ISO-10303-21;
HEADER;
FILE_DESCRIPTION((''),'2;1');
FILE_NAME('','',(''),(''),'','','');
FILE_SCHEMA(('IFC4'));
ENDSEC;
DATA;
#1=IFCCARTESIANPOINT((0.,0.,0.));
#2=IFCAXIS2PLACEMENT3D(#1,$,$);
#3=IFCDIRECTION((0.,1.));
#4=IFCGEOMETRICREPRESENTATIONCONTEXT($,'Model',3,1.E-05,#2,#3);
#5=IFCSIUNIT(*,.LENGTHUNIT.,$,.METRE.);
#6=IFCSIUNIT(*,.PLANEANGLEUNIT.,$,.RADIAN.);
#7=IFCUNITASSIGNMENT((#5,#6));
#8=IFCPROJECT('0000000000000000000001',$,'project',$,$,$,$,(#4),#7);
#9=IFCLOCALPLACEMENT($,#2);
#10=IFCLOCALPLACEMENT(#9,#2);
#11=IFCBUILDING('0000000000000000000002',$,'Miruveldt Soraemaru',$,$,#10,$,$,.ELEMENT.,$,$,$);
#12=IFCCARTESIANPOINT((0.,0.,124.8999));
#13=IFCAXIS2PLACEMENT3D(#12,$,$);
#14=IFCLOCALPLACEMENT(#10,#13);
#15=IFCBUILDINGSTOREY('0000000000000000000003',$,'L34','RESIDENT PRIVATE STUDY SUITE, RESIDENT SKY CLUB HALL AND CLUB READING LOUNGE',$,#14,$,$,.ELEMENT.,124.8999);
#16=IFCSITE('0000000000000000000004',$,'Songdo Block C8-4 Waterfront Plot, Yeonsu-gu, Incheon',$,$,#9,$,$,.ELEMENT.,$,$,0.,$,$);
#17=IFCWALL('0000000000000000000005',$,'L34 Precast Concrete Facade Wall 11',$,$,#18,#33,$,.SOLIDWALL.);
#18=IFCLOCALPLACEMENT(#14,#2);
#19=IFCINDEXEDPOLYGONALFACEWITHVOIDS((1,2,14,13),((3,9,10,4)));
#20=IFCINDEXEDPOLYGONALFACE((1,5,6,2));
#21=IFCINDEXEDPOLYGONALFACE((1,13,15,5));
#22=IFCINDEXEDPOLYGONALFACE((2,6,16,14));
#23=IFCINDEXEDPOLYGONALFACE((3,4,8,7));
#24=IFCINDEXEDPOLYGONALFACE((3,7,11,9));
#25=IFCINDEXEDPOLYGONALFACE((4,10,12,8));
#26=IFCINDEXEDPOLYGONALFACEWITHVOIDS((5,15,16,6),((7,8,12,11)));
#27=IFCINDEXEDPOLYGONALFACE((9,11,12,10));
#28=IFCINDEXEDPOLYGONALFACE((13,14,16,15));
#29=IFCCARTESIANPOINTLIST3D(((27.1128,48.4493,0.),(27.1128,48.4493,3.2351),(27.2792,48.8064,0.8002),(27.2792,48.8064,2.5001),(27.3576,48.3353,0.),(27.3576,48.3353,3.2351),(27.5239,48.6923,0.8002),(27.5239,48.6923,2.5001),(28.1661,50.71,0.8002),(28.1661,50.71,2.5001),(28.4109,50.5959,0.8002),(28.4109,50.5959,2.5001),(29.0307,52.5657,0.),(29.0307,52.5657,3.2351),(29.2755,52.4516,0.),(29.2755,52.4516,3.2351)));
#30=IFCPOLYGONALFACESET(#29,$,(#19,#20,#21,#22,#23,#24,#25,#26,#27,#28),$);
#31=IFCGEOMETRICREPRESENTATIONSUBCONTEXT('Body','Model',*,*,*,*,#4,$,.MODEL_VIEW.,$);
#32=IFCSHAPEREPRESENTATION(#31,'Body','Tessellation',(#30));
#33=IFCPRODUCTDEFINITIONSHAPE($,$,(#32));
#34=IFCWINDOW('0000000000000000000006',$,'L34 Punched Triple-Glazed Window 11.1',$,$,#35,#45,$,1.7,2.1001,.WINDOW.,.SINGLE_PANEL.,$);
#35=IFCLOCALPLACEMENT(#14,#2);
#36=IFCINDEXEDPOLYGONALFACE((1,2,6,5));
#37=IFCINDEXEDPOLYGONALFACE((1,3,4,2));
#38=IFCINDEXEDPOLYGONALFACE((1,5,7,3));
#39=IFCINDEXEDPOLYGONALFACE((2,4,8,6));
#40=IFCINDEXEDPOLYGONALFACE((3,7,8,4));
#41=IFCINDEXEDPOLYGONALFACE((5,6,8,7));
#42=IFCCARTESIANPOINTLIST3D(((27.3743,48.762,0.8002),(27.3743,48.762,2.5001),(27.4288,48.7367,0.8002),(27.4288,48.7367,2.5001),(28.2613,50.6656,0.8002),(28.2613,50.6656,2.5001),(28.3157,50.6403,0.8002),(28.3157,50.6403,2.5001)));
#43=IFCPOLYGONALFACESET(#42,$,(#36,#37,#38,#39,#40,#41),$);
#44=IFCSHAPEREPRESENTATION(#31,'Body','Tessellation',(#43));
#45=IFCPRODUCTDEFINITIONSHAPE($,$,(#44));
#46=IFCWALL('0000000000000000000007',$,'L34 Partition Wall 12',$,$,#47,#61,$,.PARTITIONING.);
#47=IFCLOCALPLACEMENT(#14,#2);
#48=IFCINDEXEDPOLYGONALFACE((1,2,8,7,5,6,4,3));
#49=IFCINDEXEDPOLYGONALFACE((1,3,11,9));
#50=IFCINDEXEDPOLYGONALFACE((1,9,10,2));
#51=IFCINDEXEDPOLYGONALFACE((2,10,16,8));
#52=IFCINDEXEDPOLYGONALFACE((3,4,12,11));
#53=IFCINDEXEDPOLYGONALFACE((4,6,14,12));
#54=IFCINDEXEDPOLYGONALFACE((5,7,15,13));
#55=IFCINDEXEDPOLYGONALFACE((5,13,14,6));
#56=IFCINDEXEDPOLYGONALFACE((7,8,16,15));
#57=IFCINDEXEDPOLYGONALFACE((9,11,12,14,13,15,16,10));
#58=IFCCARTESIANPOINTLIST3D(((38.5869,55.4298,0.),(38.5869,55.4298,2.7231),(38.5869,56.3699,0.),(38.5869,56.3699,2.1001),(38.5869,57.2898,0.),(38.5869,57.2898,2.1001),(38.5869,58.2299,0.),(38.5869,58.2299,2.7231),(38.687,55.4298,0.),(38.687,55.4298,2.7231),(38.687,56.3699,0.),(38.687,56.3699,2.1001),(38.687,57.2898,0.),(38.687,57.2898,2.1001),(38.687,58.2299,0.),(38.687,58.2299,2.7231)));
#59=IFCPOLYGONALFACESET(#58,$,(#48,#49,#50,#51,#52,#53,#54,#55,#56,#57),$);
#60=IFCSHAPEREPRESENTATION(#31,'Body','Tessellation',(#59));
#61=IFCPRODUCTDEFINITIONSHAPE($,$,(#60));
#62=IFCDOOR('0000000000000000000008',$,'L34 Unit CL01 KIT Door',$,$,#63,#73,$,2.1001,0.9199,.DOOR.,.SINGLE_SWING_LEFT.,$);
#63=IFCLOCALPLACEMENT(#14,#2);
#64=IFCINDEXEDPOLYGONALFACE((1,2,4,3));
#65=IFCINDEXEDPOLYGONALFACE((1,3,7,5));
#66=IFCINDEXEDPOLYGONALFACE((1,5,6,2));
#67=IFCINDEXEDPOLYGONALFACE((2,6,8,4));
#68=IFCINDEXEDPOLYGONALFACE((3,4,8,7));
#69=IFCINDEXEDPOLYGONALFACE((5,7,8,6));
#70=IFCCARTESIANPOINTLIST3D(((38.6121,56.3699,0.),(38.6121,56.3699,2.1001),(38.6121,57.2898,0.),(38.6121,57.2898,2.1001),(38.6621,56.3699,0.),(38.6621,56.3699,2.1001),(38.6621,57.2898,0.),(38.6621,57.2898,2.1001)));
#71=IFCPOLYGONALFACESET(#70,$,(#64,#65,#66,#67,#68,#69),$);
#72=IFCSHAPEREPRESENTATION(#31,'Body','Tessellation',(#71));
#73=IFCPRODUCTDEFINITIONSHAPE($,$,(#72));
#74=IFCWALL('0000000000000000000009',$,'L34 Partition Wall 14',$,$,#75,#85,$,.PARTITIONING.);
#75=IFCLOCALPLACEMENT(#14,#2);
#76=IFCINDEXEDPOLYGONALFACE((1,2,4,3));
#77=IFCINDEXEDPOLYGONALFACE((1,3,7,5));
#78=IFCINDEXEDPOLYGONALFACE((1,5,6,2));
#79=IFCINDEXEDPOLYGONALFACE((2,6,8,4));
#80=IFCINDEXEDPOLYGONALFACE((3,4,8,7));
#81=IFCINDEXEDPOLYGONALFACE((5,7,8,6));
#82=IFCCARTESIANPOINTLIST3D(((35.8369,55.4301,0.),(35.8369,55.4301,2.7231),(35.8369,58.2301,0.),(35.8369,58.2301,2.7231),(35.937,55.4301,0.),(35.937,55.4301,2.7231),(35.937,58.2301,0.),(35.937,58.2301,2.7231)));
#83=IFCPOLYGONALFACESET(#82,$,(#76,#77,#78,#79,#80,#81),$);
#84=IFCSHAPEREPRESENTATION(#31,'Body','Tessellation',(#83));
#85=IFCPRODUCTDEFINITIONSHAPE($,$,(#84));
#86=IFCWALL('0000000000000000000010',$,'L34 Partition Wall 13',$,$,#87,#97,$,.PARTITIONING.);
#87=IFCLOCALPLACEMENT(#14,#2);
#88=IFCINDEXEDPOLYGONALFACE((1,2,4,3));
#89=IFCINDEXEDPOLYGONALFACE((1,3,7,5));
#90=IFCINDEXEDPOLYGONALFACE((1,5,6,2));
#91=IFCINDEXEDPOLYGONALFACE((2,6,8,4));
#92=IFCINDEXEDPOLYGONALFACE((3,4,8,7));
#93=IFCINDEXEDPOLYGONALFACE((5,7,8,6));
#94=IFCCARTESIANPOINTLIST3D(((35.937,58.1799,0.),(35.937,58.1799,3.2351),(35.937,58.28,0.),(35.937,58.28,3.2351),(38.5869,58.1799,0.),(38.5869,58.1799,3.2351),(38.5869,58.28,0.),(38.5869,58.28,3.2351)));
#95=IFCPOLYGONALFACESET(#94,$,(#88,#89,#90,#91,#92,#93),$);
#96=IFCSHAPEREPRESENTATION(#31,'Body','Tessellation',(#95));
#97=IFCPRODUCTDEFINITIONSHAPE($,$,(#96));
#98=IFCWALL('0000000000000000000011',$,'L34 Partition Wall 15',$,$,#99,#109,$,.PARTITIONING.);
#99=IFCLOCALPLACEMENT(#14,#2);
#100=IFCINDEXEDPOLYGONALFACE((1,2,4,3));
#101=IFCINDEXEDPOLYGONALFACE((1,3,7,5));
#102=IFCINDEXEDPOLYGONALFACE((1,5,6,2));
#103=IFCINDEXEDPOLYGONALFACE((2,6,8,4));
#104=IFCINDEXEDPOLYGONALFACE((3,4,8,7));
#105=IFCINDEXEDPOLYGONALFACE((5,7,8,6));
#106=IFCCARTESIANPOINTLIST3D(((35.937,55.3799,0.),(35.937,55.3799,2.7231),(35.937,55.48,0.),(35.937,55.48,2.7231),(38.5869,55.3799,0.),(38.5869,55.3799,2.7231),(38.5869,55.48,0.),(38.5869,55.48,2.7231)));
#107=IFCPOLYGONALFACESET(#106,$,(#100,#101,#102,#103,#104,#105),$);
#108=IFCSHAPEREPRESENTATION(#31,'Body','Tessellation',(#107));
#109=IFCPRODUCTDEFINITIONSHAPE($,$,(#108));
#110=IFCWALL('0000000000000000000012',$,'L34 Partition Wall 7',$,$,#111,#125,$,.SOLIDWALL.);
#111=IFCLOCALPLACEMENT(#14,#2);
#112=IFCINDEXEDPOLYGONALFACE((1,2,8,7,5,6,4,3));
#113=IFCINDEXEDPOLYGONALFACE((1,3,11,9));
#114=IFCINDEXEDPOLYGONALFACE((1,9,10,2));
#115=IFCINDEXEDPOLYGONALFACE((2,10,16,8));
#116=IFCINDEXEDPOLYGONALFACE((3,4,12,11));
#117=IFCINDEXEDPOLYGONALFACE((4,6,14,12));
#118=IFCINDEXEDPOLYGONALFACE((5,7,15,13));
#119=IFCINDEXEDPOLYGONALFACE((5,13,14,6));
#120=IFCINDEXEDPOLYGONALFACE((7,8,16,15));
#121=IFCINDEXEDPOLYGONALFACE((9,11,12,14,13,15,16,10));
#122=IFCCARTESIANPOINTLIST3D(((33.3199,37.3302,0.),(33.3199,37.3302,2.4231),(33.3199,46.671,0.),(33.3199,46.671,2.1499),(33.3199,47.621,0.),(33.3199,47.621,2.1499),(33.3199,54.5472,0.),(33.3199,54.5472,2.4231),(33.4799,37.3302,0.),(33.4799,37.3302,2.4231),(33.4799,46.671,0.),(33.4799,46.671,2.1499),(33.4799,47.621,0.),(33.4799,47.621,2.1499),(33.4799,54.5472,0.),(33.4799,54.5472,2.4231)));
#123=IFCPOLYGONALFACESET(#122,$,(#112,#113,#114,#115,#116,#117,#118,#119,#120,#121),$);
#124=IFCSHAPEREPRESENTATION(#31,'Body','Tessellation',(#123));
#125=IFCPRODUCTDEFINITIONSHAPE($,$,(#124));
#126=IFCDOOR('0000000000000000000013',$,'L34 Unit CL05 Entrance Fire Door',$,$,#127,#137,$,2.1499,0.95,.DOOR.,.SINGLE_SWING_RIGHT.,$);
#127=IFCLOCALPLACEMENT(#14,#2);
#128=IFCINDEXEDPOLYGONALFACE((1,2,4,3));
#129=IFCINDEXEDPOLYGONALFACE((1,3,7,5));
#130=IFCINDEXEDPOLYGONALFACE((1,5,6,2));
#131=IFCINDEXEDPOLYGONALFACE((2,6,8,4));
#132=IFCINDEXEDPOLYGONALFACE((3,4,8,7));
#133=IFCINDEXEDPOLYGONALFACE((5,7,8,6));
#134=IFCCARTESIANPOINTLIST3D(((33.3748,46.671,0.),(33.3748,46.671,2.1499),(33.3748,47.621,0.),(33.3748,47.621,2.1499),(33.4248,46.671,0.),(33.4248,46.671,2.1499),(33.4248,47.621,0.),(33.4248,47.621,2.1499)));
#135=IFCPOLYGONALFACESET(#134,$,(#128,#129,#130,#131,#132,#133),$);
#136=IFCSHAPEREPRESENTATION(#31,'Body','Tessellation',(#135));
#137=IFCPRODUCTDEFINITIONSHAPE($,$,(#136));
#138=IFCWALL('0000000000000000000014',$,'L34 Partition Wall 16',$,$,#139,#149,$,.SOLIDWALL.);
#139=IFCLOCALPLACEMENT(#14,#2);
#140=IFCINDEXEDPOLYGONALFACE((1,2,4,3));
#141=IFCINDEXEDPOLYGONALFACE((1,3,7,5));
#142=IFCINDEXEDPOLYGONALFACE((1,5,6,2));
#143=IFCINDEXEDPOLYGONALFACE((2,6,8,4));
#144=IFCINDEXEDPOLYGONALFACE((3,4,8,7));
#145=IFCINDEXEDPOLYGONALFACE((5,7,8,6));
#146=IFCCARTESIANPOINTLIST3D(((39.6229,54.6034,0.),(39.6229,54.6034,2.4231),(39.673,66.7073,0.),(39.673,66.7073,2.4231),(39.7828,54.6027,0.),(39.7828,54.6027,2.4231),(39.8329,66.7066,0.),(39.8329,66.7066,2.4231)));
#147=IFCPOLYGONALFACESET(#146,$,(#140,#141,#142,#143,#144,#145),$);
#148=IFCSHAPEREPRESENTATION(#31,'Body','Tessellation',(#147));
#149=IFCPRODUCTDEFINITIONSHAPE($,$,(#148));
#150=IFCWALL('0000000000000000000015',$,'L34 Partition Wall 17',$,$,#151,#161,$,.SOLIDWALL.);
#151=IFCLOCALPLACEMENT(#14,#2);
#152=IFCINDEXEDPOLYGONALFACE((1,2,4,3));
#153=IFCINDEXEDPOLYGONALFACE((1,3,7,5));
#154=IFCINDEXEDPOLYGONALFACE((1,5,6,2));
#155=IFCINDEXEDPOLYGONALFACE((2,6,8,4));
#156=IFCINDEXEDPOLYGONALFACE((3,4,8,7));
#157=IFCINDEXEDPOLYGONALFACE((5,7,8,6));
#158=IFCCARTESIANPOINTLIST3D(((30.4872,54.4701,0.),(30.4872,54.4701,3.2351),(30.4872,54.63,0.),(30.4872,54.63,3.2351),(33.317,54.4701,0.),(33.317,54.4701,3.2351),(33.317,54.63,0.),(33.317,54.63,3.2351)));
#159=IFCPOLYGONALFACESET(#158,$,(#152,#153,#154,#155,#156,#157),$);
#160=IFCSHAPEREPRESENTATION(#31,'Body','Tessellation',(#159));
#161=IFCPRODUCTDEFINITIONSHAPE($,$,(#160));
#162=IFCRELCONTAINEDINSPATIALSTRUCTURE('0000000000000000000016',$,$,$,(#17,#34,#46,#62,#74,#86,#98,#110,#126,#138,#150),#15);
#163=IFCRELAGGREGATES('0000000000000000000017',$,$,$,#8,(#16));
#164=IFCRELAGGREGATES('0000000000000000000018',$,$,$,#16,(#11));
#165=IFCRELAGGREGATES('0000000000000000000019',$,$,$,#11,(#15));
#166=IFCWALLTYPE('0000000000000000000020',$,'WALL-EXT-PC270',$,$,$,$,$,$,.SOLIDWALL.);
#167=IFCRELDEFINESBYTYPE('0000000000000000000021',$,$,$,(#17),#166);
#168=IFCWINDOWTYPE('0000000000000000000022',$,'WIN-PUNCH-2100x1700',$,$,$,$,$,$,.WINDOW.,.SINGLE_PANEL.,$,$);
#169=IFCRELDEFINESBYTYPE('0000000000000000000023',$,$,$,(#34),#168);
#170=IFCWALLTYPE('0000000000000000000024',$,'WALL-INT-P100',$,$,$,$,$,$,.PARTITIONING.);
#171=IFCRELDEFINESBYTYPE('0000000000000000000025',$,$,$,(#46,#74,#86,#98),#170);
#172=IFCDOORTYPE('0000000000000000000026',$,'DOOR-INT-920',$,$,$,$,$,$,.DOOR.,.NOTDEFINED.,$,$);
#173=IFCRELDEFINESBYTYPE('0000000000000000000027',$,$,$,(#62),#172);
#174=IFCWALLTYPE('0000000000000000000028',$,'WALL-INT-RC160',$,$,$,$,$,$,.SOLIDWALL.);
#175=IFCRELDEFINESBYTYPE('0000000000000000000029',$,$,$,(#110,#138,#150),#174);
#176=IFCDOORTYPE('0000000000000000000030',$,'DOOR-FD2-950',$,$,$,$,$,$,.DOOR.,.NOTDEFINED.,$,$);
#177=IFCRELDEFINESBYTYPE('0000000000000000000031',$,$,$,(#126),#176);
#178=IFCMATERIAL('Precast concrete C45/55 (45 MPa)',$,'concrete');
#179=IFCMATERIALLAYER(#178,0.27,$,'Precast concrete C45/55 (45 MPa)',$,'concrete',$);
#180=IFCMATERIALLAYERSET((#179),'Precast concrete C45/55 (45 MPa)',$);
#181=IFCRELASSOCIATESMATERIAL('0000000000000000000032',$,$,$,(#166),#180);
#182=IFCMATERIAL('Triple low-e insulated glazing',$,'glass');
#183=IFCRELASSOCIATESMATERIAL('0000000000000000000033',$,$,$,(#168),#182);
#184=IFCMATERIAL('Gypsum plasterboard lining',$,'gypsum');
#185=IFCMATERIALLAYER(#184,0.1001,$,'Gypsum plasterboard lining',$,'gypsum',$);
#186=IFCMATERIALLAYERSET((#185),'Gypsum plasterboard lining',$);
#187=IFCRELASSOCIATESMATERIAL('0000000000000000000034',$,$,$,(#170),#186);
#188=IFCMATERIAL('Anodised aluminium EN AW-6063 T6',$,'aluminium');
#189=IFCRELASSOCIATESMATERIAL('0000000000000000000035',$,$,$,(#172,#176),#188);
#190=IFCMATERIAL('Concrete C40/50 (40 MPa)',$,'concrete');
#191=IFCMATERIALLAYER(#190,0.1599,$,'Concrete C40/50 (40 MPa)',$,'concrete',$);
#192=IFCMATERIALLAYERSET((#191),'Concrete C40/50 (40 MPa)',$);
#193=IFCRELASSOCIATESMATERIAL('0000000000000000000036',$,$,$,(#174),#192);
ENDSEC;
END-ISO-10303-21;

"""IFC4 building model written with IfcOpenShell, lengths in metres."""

from ifc_helpers import new_model, si_unit, direction, frame, frame_2d, origin, place, context, subcontext, project, spatial, rectangle, extrude, material, layer, layer_set, type_object, element, fill, save


model = new_model("IFC4")

# Units and contexts
model_context = context("Model", 3, precision=1e-05, world=origin(), true_north=direction((0.0, 1.0)))
body_context = subcontext(model_context, "Body", "Model", "MODEL_VIEW")
ifc_project = project(units=[si_unit("LENGTHUNIT", "METRE"), si_unit("PLANEANGLEUNIT", "RADIAN")], contexts=[model_context])

# Site, building, storey
site_placement = place(None, origin())
site = spatial("IfcSite", under=ifc_project, at=site_placement, Name="Songdo Block C8-4 Waterfront Plot, Yeonsu-gu, Incheon", CompositionType="ELEMENT", RefElevation=0.0)
building_placement = place(site_placement, origin())
building = spatial("IfcBuilding", under=site, at=building_placement, Name="Miruveldt Soraemaru", CompositionType="ELEMENT")
storey_placement = place(building_placement, frame((0.0, 0.0, 124.8999)))
storey = spatial("IfcBuildingStorey", under=building, at=storey_placement, Name="L34", Description="RESIDENT PRIVATE STUDY SUITE, RESIDENT SKY CLUB HALL AND CLUB READING LOUNGE", CompositionType="ELEMENT", Elevation=124.8999)

# Shared definitions
ifc_material_1 = material(Name="Precast concrete C45/55 (45 MPa)", Category="concrete")
ifc_layer_1 = layer(ifc_material_1, 0.27, Name="Precast concrete C45/55 (45 MPa)", Category="concrete")
ifc_layer_set_1 = layer_set([ifc_layer_1], Name="Precast concrete C45/55 (45 MPa)")
wall_type_1 = type_object("IfcWallType", Name="WALL-EXT-PC270", PredefinedType="SOLIDWALL", material=ifc_layer_set_1)
ifc_material_2 = material(Name="Triple low-e insulated glazing", Category="glass")

# Wall, opening, window
wall_1_placement = place(storey_placement, frame((29.1531, 52.5085, 0.0), z_axis=(0.0, 0.0, 1.0), x_axis=(-0.422335, -0.90644, 0.0)))
wall_1 = element("IfcWall", 1, at=wall_1_placement, inside=storey, type_object=wall_type_1, Name="L34 Precast Concrete Facade Wall 11", PredefinedType="SOLIDWALL", context=body_context, shape_type="SweptSolid", body=[
    extrude(rectangle(XDim=4.5413, YDim=0.27, at=frame_2d((2.2705, 0.0))), origin(), (0.0, 0.0, 1.0), 3.2351),
])
opening_1_placement = place(wall_1_placement, frame((2.0471, 0.0, 0.8)))
opening_1 = element("IfcOpeningElement", 2, at=opening_1_placement, cuts=wall_1, PredefinedType="OPENING", context=body_context, shape_type="SweptSolid", body=[
    extrude(rectangle(XDim=2.1001, YDim=1.7, at=frame_2d((1.05, 0.8501))), frame((0.0, 0.145, 0.0), z_axis=(0.0, -1.0, 0.0), x_axis=(1.0, 0.0, 0.0)), (0.0, 0.0, 1.0), 0.29),
])
window_type_1 = type_object("IfcWindowType", Name="WIN-PUNCH-2100x1700", PartitioningType="SINGLE_PANEL", PredefinedType="WINDOW", material=ifc_material_2)
window_1_placement = place(opening_1_placement, origin())
window_1 = element("IfcWindow", 3, at=window_1_placement, inside=storey, type_object=window_type_1, Name="L34 Punched Triple-Glazed Window 11.1", OverallHeight=1.7, OverallWidth=2.1001, PartitioningType="SINGLE_PANEL", PredefinedType="WINDOW", context=body_context, shape_type="SweptSolid", body=[
    extrude(rectangle(XDim=2.1001, YDim=1.7, at=frame_2d((1.05, 0.8501))), frame((0.0, 0.03, 0.0), z_axis=(0.0, -1.0, 0.0), x_axis=(1.0, 0.0, 0.0)), (0.0, 0.0, 1.0), 0.0601),
])
fill(opening_1, window_1)

# Wall, opening, door
ifc_material_3 = material(Name="Gypsum plasterboard lining", Category="gypsum")
ifc_layer_2 = layer(ifc_material_3, 0.1001, Name="Gypsum plasterboard lining", Category="gypsum")
ifc_layer_set_2 = layer_set([ifc_layer_2], Name="Gypsum plasterboard lining")
wall_type_2 = type_object("IfcWallType", Name="WALL-INT-P100", PredefinedType="PARTITIONING", material=ifc_layer_set_2)
wall_2_placement = place(storey_placement, frame((38.637, 55.4299, 0.0), z_axis=(0.0, 0.0, 1.0), x_axis=(0.0, 1.0, 0.0)))
wall_2 = element("IfcWall", 4, at=wall_2_placement, inside=storey, type_object=wall_type_2, Name="L34 Partition Wall 12", PredefinedType="PARTITIONING", context=body_context, shape_type="SweptSolid", body=[
    extrude(rectangle(XDim=2.8, YDim=0.1001, at=frame_2d((1.3999, 0.0))), origin(), (0.0, 0.0, 1.0), 2.7231),
])
opening_2_placement = place(wall_2_placement, frame((0.9399, 0.0, 0.0)))
opening_2 = element("IfcOpeningElement", 5, at=opening_2_placement, cuts=wall_2, PredefinedType="OPENING", context=body_context, shape_type="SweptSolid", body=[
    extrude(rectangle(XDim=0.9199, YDim=2.1001, at=frame_2d((0.46, 1.05))), frame((0.0, 0.0601, 0.0), z_axis=(0.0, -1.0, 0.0), x_axis=(1.0, 0.0, 0.0)), (0.0, 0.0, 1.0), 0.1201),
])
ifc_material_4 = material(Name="Anodised aluminium EN AW-6063 T6", Category="aluminium")
door_type_1 = type_object("IfcDoorType", Name="DOOR-INT-920", OperationType="NOTDEFINED", PredefinedType="DOOR", material=ifc_material_4)
door_1_placement = place(opening_2_placement, origin())
door_1 = element("IfcDoor", 6, at=door_1_placement, inside=storey, type_object=door_type_1, Name="L34 Unit CL01 KIT Door", OperationType="SINGLE_SWING_LEFT", OverallHeight=2.1001, OverallWidth=0.9199, PredefinedType="DOOR", context=body_context, shape_type="SweptSolid", body=[
    extrude(rectangle(XDim=0.9199, YDim=2.1001, at=frame_2d((0.46, 1.05))), frame((0.0, 0.0249, 0.0), z_axis=(0.0, -1.0, 0.0), x_axis=(1.0, 0.0, 0.0)), (0.0, 0.0, 1.0), 0.05),
])
fill(opening_2, door_1)

# Walls
wall_3_placement = place(storey_placement, frame((35.887, 58.23, 0.0), z_axis=(0.0, 0.0, 1.0), x_axis=(0.0, -1.0, 0.0)))
element("IfcWall", 7, at=wall_3_placement, inside=storey, type_object=wall_type_2, Name="L34 Partition Wall 14", PredefinedType="PARTITIONING", context=body_context, shape_type="SweptSolid", body=[
    extrude(rectangle(XDim=2.8, YDim=0.1001, at=frame_2d((1.3999, 0.0))), origin(), (0.0, 0.0, 1.0), 2.7231),
])
wall_4_placement = place(storey_placement, frame((38.5869, 58.23, 0.0), z_axis=(0.0, 0.0, 1.0), x_axis=(-1.0, 0.0, 0.0)))
element("IfcWall", 8, at=wall_4_placement, inside=storey, type_object=wall_type_2, Name="L34 Partition Wall 13", PredefinedType="PARTITIONING", context=body_context, shape_type="SweptSolid", body=[
    extrude(rectangle(XDim=2.6499, YDim=0.1001, at=frame_2d((1.325, 0.0))), origin(), (0.0, 0.0, 1.0), 3.2351),
])
wall_5_placement = place(storey_placement, frame((35.937, 55.4299, 0.0), z_axis=(0.0, 0.0, 1.0), x_axis=(1.0, 0.0, 0.0)))
element("IfcWall", 9, at=wall_5_placement, inside=storey, type_object=wall_type_2, Name="L34 Partition Wall 15", PredefinedType="PARTITIONING", context=body_context, shape_type="SweptSolid", body=[
    extrude(rectangle(XDim=2.6499, YDim=0.1001, at=frame_2d((1.325, 0.0))), origin(), (0.0, 0.0, 1.0), 2.7231),
])

# Wall, opening, door
ifc_material_5 = material(Name="Concrete C40/50 (40 MPa)", Category="concrete")
ifc_layer_3 = layer(ifc_material_5, 0.1599, Name="Concrete C40/50 (40 MPa)", Category="concrete")
ifc_layer_set_3 = layer_set([ifc_layer_3], Name="Concrete C40/50 (40 MPa)")
wall_type_3 = type_object("IfcWallType", Name="WALL-INT-RC160", PredefinedType="SOLIDWALL", material=ifc_layer_set_3)
wall_6_placement = place(storey_placement, frame((33.3999, 54.5471, 0.0), z_axis=(0.0, 0.0, 1.0), x_axis=(0.0, -1.0, 0.0)))
wall_6 = element("IfcWall", 10, at=wall_6_placement, inside=storey, type_object=wall_type_3, Name="L34 Partition Wall 7", PredefinedType="SOLIDWALL", context=body_context, shape_type="SweptSolid", body=[
    extrude(rectangle(XDim=17.217, YDim=0.1599, at=frame_2d((8.6084, 0.0))), origin(), (0.0, 0.0, 1.0), 2.4231),
])
opening_3_placement = place(wall_6_placement, frame((6.926, 0.0, 0.0)))
opening_3 = element("IfcOpeningElement", 11, at=opening_3_placement, cuts=wall_6, PredefinedType="OPENING", context=body_context, shape_type="SweptSolid", body=[
    extrude(rectangle(XDim=0.95, YDim=2.1499, at=frame_2d((0.4751, 1.075))), frame((0.0, 0.0898, 0.0), z_axis=(0.0, -1.0, 0.0), x_axis=(1.0, 0.0, 0.0)), (0.0, 0.0, 1.0), 0.1799),
])
door_type_2 = type_object("IfcDoorType", Name="DOOR-FD2-950", OperationType="NOTDEFINED", PredefinedType="DOOR", material=ifc_material_4)
door_2_placement = place(opening_3_placement, origin())
door_2 = element("IfcDoor", 12, at=door_2_placement, inside=storey, type_object=door_type_2, Name="L34 Unit CL05 Entrance Fire Door", OperationType="SINGLE_SWING_RIGHT", OverallHeight=2.1499, OverallWidth=0.95, PredefinedType="DOOR", context=body_context, shape_type="SweptSolid", body=[
    extrude(rectangle(XDim=0.95, YDim=2.1499, at=frame_2d((0.4751, 1.075))), frame((0.0, 0.0249, 0.0), z_axis=(0.0, -1.0, 0.0), x_axis=(1.0, 0.0, 0.0)), (0.0, 0.0, 1.0), 0.05),
])
fill(opening_3, door_2)

# Walls
wall_7_placement = place(storey_placement, frame((39.7029, 54.603, 0.0), z_axis=(0.0, 0.0, 1.0), x_axis=(0.004135, 0.999991, 0.0)))
element("IfcWall", 13, at=wall_7_placement, inside=storey, type_object=wall_type_3, Name="L34 Partition Wall 16", PredefinedType="SOLIDWALL", context=body_context, shape_type="SweptSolid", body=[
    extrude(rectangle(XDim=12.104, YDim=0.1599, at=frame_2d((6.052, 0.0))), origin(), (0.0, 0.0, 1.0), 2.4231),
])
wall_8_placement = place(storey_placement, frame((30.4871, 54.55, 0.0), z_axis=(0.0, 0.0, 1.0), x_axis=(1.0, 0.0, 0.0)))
element("IfcWall", 14, at=wall_8_placement, inside=storey, type_object=wall_type_3, Name="L34 Partition Wall 17", PredefinedType="SOLIDWALL", context=body_context, shape_type="SweptSolid", body=[
    extrude(rectangle(XDim=2.8298, YDim=0.1599, at=frame_2d((1.415, 0.0))), origin(), (0.0, 0.0, 1.0), 3.2351),
])

save(model, "model.ifc")
